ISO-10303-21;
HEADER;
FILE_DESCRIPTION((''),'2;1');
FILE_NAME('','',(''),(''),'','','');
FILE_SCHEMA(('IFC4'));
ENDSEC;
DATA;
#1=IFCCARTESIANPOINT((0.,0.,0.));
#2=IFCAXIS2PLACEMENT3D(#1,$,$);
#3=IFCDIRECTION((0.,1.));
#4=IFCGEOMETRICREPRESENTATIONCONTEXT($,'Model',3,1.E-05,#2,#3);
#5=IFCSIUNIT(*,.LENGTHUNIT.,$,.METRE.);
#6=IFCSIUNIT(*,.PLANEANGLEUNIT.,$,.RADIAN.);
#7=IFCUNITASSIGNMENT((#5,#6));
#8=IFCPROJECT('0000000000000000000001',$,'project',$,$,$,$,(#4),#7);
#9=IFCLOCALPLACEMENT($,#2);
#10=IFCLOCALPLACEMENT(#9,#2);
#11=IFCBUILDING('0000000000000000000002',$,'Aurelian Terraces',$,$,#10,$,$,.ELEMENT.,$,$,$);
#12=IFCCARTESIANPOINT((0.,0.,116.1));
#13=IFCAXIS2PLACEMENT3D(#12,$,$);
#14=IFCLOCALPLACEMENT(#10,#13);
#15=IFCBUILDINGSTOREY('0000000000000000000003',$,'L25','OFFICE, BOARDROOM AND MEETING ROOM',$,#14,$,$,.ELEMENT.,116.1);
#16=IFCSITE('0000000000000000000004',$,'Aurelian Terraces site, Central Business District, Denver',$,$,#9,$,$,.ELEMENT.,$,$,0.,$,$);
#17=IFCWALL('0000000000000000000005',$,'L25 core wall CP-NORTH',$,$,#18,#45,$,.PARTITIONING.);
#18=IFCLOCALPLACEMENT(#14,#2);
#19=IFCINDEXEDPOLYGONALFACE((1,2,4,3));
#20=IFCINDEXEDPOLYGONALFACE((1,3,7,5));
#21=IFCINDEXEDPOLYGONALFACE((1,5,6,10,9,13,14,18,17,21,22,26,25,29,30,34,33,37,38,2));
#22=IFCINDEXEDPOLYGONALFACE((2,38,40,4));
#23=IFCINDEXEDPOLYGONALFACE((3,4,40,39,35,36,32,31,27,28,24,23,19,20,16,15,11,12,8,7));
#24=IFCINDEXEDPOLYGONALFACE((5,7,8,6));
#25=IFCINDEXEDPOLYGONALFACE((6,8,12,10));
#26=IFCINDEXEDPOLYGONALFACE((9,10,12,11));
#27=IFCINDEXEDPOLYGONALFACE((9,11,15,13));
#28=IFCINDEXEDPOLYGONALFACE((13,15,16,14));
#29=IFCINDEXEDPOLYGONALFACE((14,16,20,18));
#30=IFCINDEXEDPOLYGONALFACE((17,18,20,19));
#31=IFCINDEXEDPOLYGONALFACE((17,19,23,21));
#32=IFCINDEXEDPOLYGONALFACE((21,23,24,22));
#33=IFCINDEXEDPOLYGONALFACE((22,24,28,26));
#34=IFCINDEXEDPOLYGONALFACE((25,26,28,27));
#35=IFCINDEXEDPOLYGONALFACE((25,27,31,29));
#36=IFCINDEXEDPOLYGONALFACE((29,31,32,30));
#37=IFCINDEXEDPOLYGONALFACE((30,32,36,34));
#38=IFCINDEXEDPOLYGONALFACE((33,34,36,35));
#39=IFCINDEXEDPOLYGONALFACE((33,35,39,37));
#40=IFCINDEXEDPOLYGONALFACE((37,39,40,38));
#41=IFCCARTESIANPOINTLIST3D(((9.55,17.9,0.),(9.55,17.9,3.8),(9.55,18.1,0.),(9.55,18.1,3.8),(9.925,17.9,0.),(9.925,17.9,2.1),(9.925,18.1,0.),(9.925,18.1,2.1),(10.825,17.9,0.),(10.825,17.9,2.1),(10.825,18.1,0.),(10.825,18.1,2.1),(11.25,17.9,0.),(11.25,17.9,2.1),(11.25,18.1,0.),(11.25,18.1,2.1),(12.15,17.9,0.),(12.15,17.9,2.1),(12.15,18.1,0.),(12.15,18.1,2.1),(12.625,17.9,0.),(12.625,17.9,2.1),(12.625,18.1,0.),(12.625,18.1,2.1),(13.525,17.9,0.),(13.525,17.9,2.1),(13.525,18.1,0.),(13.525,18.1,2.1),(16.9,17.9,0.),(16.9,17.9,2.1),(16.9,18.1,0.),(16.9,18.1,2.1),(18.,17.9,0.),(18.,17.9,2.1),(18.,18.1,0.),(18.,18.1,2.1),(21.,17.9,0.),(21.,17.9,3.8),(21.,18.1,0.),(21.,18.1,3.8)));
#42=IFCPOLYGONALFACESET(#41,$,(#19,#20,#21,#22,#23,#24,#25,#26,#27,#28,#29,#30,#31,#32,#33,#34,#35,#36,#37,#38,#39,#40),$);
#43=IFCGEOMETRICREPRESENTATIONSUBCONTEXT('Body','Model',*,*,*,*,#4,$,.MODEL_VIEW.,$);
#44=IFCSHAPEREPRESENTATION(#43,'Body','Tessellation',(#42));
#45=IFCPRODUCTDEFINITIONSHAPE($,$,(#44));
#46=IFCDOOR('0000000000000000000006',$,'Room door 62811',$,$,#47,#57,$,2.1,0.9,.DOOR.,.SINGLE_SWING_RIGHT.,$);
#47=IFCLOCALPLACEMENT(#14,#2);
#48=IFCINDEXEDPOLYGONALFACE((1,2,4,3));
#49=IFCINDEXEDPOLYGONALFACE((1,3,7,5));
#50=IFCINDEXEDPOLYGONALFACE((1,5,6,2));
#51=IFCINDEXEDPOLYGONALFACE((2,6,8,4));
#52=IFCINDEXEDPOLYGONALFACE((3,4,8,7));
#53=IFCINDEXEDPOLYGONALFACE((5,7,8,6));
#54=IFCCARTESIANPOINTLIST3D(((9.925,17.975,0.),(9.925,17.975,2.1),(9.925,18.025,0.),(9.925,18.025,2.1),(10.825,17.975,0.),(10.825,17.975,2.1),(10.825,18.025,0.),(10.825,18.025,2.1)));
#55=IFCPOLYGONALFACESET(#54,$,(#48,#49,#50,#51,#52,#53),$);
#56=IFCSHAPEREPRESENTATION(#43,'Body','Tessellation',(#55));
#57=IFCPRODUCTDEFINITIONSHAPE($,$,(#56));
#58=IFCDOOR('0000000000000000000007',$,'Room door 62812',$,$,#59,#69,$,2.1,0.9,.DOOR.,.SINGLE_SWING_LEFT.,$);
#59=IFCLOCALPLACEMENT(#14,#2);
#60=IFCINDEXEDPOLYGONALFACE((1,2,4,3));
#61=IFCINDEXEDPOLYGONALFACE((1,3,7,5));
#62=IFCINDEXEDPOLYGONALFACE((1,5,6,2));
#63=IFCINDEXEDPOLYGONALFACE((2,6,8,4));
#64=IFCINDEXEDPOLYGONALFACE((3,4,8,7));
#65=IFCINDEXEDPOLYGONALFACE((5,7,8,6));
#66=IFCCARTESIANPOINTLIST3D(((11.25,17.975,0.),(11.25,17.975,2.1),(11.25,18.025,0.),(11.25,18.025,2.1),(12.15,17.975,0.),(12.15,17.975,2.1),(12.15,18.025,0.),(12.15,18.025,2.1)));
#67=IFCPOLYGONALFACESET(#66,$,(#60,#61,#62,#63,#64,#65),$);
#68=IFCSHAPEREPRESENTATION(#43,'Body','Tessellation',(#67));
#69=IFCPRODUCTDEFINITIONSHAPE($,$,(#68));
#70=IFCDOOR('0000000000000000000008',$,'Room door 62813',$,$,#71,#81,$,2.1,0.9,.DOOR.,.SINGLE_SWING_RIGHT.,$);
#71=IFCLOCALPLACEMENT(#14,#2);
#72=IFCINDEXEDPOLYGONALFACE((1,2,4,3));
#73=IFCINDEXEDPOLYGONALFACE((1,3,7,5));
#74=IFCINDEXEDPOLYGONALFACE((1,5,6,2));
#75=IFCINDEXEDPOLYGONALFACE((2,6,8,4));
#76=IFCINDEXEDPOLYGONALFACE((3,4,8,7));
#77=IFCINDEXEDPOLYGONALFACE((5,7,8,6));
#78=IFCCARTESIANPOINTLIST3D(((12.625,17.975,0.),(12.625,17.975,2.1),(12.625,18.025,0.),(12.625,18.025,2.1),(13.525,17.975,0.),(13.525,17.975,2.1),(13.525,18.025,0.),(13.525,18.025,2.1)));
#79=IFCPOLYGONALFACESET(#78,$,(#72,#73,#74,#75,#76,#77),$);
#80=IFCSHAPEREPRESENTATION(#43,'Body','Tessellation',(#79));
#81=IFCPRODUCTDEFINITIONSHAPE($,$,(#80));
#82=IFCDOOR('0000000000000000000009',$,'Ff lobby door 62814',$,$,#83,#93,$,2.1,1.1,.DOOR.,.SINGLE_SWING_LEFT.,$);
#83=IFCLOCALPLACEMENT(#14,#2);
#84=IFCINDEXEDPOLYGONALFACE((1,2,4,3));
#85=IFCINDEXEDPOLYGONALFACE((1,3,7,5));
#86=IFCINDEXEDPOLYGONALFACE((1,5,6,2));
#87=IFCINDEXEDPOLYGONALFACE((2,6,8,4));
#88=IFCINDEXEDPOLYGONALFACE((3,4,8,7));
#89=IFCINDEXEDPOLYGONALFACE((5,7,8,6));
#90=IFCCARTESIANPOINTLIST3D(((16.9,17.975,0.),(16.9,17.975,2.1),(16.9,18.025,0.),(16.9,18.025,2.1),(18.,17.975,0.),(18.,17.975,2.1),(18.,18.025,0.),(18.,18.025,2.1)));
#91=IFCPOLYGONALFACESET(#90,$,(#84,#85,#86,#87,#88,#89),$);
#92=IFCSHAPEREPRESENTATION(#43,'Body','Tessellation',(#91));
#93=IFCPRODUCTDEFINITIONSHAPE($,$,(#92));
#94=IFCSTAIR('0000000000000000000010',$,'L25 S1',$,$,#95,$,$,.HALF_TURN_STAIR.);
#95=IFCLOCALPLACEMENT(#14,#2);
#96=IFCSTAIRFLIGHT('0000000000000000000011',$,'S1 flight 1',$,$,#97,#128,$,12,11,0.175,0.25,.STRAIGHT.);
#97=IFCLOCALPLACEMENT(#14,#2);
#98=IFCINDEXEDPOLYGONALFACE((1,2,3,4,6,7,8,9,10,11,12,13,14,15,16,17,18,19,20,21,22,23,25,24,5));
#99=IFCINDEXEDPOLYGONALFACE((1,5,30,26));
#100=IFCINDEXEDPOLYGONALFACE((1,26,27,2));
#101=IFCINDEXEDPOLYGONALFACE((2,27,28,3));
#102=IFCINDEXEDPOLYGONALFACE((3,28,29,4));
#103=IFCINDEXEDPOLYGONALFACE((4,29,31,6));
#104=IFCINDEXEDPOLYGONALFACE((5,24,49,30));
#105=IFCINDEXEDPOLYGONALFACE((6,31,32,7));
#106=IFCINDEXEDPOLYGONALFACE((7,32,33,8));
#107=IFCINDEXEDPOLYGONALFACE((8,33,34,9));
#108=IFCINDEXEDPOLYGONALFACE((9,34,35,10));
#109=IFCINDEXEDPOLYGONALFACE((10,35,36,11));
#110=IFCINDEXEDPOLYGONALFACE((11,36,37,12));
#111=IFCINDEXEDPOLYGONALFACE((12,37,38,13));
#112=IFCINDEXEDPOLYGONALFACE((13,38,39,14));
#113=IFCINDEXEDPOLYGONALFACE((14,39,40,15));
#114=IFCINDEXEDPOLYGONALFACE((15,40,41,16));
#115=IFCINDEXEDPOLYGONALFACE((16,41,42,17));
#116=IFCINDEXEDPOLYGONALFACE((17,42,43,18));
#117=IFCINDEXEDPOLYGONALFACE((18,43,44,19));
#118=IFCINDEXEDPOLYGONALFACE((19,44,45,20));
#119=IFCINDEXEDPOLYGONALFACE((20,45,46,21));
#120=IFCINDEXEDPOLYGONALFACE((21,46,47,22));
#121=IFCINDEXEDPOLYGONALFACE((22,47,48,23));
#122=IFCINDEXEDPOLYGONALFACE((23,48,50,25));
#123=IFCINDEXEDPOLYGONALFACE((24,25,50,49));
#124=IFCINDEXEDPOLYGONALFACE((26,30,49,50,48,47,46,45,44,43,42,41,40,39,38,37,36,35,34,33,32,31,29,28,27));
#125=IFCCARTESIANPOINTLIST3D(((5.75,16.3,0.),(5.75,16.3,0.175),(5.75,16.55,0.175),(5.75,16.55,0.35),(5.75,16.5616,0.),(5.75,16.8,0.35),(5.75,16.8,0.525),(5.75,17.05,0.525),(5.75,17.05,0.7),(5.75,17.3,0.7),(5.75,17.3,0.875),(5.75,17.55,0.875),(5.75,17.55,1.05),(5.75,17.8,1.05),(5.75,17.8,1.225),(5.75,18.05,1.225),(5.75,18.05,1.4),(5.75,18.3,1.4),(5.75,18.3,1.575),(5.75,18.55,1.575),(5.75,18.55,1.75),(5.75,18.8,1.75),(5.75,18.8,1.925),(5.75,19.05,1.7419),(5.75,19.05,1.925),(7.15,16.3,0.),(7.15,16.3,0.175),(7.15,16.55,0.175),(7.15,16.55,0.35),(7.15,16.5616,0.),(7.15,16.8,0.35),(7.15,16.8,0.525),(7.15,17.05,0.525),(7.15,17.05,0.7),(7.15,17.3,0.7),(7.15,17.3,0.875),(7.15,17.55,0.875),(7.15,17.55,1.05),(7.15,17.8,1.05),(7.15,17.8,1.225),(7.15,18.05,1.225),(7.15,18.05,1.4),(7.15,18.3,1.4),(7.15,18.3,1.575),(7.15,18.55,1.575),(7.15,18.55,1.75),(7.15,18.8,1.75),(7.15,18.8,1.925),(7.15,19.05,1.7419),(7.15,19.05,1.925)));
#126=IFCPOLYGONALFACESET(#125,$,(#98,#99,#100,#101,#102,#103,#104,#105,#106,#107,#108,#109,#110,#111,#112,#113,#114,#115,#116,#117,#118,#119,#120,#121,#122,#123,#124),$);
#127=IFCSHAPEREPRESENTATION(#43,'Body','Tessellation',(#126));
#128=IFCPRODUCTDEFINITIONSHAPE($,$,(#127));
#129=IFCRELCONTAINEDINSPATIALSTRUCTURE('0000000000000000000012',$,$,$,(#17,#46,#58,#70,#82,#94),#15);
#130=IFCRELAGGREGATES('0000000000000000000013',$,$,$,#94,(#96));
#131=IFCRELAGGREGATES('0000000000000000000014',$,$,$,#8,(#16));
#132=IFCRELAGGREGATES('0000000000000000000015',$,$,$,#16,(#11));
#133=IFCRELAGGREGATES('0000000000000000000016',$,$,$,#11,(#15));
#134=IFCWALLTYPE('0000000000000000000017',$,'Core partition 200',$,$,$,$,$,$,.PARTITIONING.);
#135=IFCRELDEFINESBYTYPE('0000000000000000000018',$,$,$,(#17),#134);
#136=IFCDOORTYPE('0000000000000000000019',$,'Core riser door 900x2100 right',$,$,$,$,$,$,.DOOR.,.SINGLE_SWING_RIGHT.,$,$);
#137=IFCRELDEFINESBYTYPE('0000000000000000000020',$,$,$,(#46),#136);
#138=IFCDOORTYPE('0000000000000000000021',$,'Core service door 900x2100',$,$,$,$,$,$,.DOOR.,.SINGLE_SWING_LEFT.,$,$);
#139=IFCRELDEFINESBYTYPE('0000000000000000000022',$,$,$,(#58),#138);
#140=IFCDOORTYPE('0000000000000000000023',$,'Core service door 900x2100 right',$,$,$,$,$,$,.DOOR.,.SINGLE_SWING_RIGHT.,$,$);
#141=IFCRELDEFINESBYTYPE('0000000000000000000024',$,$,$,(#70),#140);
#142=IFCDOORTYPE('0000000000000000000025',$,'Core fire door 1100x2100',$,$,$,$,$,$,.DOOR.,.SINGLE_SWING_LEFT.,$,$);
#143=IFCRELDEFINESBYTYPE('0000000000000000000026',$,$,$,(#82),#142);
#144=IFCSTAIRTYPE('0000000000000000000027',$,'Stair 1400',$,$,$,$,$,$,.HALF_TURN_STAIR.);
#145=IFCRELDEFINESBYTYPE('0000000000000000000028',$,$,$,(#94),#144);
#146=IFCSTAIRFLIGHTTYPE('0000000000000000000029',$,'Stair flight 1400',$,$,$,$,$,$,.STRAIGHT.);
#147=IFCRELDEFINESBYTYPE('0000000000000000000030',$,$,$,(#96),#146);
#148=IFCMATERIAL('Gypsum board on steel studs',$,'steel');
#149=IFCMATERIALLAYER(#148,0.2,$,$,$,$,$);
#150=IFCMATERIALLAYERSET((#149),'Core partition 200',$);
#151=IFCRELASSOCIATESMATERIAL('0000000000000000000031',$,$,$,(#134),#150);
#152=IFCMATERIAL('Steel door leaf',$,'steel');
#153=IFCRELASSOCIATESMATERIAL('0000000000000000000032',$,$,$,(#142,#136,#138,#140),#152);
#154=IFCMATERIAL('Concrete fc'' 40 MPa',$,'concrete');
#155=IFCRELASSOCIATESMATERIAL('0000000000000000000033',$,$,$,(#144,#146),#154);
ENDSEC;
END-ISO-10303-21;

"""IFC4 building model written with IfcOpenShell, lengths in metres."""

from ifc_helpers import new_model, si_unit, direction, frame, frame_2d, origin, place, context, subcontext, project, spatial, polyline, rectangle, outline, extrude, source, transform, mapped, material, layer, layer_set, type_object, element, fill, aggregate, save


model = new_model("IFC4")

# Units and contexts
model_context = context("Model", 3, precision=1e-05, world=origin(), true_north=direction((0.0, 1.0)))
body_context = subcontext(model_context, "Body", "Model", "MODEL_VIEW")
ifc_project = project(units=[si_unit("LENGTHUNIT", "METRE"), si_unit("PLANEANGLEUNIT", "RADIAN")], contexts=[model_context])

# Site, building, storey
site_placement = place(None, origin())
site = spatial("IfcSite", under=ifc_project, at=site_placement, Name="Aurelian Terraces site, Central Business District, Denver", CompositionType="ELEMENT", RefElevation=0.0)
building_placement = place(site_placement, origin())
building = spatial("IfcBuilding", under=site, at=building_placement, Name="Aurelian Terraces", CompositionType="ELEMENT")
storey_placement = place(building_placement, frame((0.0, 0.0, 116.1)))
storey = spatial("IfcBuildingStorey", under=building, at=storey_placement, Name="L25", Description="OFFICE, BOARDROOM AND MEETING ROOM", CompositionType="ELEMENT", Elevation=116.1)

# Shared definitions
ifc_material_1 = material(Name="Concrete fc' 40 MPa", Category="concrete")
ifc_material_2 = material(Name="Gypsum board on steel studs", Category="steel")
ifc_layer_1 = layer(ifc_material_2, 0.2)
ifc_layer_set_1 = layer_set([ifc_layer_1], Name="Core partition 200")
wall_type_1 = type_object("IfcWallType", Name="Core partition 200", PredefinedType="PARTITIONING", material=ifc_layer_set_1)

# Shared definitions
ifc_material_3 = material(Name="Steel door leaf", Category="steel")
door_type_1 = type_object("IfcDoorType", Name="Core fire door 1100x2100", OperationType="SINGLE_SWING_LEFT", PredefinedType="DOOR", material=ifc_material_3)
shared_shape_1 = source(origin(), body_context, "Body", "SweptSolid", [
    extrude(rectangle(XDim=1.1, YDim=2.1, at=frame_2d((0.55, 1.05))), frame((0.0, 0.025, 0.0), z_axis=(0.0, -1.0, 0.0), x_axis=(1.0, 0.0, 0.0)), (0.0, 0.0, 1.0), 0.05),
])

# Wall, openings, doors
shared_shape_2 = source(origin(), body_context, "Body", "SweptSolid", [
    extrude(rectangle(XDim=11.45, YDim=0.2, at=frame_2d((5.725, 0.0))), origin(), (0.0, 0.0, 1.0), 3.8),
])
wall_1_placement = place(storey_placement, frame((9.55, 18.0, 0.0), z_axis=(0.0, 0.0, 1.0), x_axis=(1.0, 0.0, 0.0)))
wall_1 = element("IfcWall", 1, at=wall_1_placement, inside=storey, type_object=wall_type_1, Name="L25 core wall CP-NORTH", PredefinedType="PARTITIONING", context=body_context, shape_type="MappedRepresentation", body=[
    mapped(shared_shape_2, transform((0.0, 0.0, 0.0), scale=1.0)),
])
shared_shape_3 = source(origin(), body_context, "Body", "SweptSolid", [
    extrude(rectangle(XDim=0.9, YDim=2.1, at=frame_2d((0.45, 1.05))), frame((0.0, 0.11, 0.0), z_axis=(0.0, -1.0, 0.0), x_axis=(1.0, 0.0, 0.0)), (0.0, 0.0, 1.0), 0.22),
])
opening_1_placement = place(wall_1_placement, frame((0.375, 0.0, 0.0)))
opening_1 = element("IfcOpeningElement", 2, at=opening_1_placement, cuts=wall_1, PredefinedType="OPENING", context=body_context, shape_type="MappedRepresentation", body=[
    mapped(shared_shape_3, transform((0.0, 0.0, 0.0), scale=1.0)),
])
opening_2_placement = place(wall_1_placement, frame((1.7, 0.0, 0.0)))
opening_2 = element("IfcOpeningElement", 3, at=opening_2_placement, cuts=wall_1, PredefinedType="OPENING", context=body_context, shape_type="MappedRepresentation", body=[
    mapped(shared_shape_3, transform((0.0, 0.0, 0.0), scale=1.0)),
])
opening_3_placement = place(wall_1_placement, frame((3.075, 0.0, 0.0)))
opening_3 = element("IfcOpeningElement", 4, at=opening_3_placement, cuts=wall_1, PredefinedType="OPENING", context=body_context, shape_type="MappedRepresentation", body=[
    mapped(shared_shape_3, transform((0.0, 0.0, 0.0), scale=1.0)),
])
shared_shape_4 = source(origin(), body_context, "Body", "SweptSolid", [
    extrude(rectangle(XDim=1.1, YDim=2.1, at=frame_2d((0.55, 1.05))), frame((0.0, 0.11, 0.0), z_axis=(0.0, -1.0, 0.0), x_axis=(1.0, 0.0, 0.0)), (0.0, 0.0, 1.0), 0.22),
])
opening_4_placement = place(wall_1_placement, frame((7.35, 0.0, 0.0)))
opening_4 = element("IfcOpeningElement", 5, at=opening_4_placement, cuts=wall_1, PredefinedType="OPENING", context=body_context, shape_type="MappedRepresentation", body=[
    mapped(shared_shape_4, transform((0.0, 0.0, 0.0), scale=1.0)),
])
door_type_2 = type_object("IfcDoorType", Name="Core riser door 900x2100 right", OperationType="SINGLE_SWING_RIGHT", PredefinedType="DOOR", material=ifc_material_3)
shared_shape_5 = source(origin(), body_context, "Body", "SweptSolid", [
    extrude(rectangle(XDim=0.9, YDim=2.1, at=frame_2d((0.45, 1.05))), frame((0.0, 0.025, 0.0), z_axis=(0.0, -1.0, 0.0), x_axis=(1.0, 0.0, 0.0)), (0.0, 0.0, 1.0), 0.05),
])
door_1_placement = place(opening_1_placement, origin())
door_1 = element("IfcDoor", 6, at=door_1_placement, inside=storey, type_object=door_type_2, Name="Room door 62811", OperationType="SINGLE_SWING_RIGHT", OverallHeight=2.1, OverallWidth=0.9, PredefinedType="DOOR", context=body_context, shape_type="MappedRepresentation", body=[
    mapped(shared_shape_5, transform((0.0, 0.0, 0.0), scale=1.0)),
])
fill(opening_1, door_1)
door_type_3 = type_object("IfcDoorType", Name="Core service door 900x2100", OperationType="SINGLE_SWING_LEFT", PredefinedType="DOOR", material=ifc_material_3)
door_2_placement = place(opening_2_placement, origin())
door_2 = element("IfcDoor", 7, at=door_2_placement, inside=storey, type_object=door_type_3, Name="Room door 62812", OperationType="SINGLE_SWING_LEFT", OverallHeight=2.1, OverallWidth=0.9, PredefinedType="DOOR", context=body_context, shape_type="MappedRepresentation", body=[
    mapped(shared_shape_5, transform((0.0, 0.0, 0.0), scale=1.0)),
])
fill(opening_2, door_2)
door_type_4 = type_object("IfcDoorType", Name="Core service door 900x2100 right", OperationType="SINGLE_SWING_RIGHT", PredefinedType="DOOR", material=ifc_material_3)
door_3_placement = place(opening_3_placement, origin())
door_3 = element("IfcDoor", 8, at=door_3_placement, inside=storey, type_object=door_type_4, Name="Room door 62813", OperationType="SINGLE_SWING_RIGHT", OverallHeight=2.1, OverallWidth=0.9, PredefinedType="DOOR", context=body_context, shape_type="MappedRepresentation", body=[
    mapped(shared_shape_5, transform((0.0, 0.0, 0.0), scale=1.0)),
])
fill(opening_3, door_3)
door_4_placement = place(opening_4_placement, origin())
door_4 = element("IfcDoor", 9, at=door_4_placement, inside=storey, type_object=door_type_1, Name="Ff lobby door 62814", OperationType="SINGLE_SWING_LEFT", OverallHeight=2.1, OverallWidth=1.1, PredefinedType="DOOR", context=body_context, shape_type="MappedRepresentation", body=[
    mapped(shared_shape_1, transform((0.0, 0.0, 0.0), scale=1.0)),
])
fill(opening_4, door_4)

# Stair, stair flight
stair_type = type_object("IfcStairType", Name="Stair 1400", PredefinedType="HALF_TURN_STAIR", material=ifc_material_1)
stair_placement = place(storey_placement, origin())
stair = element("IfcStair", 10, at=stair_placement, inside=storey, type_object=stair_type, Name="L25 S1", PredefinedType="HALF_TURN_STAIR")
stair_flight_type = type_object("IfcStairFlightType", Name="Stair flight 1400", PredefinedType="STRAIGHT", material=ifc_material_1)
shared_shape_6 = source(origin(), body_context, "Body", "SweptSolid", [
    extrude(outline(polyline([(0.0, 0.0), (0.0, 0.175), (0.25, 0.175), (0.25, 0.35), (0.5, 0.35), (0.5, 0.525), (0.75, 0.525), (0.75, 0.7), (1.0, 0.7), (1.0, 0.875), (1.25, 0.875), (1.25, 1.05), (1.5, 1.05), (1.5, 1.225), (1.75, 1.225), (1.75, 1.4), (2.0, 1.4), (2.0, 1.575), (2.25, 1.575), (2.25, 1.75), (2.5, 1.75), (2.5, 1.925), (2.75, 1.925), (2.75, 2.1), (2.75, 1.7419), (0.2616, 0.0), (0.0, 0.0)])), frame((0.0, 0.7, 0.0), z_axis=(0.0, -1.0, 0.0), x_axis=(1.0, 0.0, 0.0)), (0.0, 0.0, 1.0), 1.4),
])
stair_flight_placement = place(storey_placement, frame((6.45, 16.3, 0.0), z_axis=(0.0, 0.0, 1.0), x_axis=(0.0, 1.0, 0.0)))
stair_flight = element("IfcStairFlight", 11, at=stair_flight_placement, type_object=stair_flight_type, Name="S1 flight 1", NumberOfRisers=12, NumberOfTreads=11, PredefinedType="STRAIGHT", RiserHeight=0.175, TreadLength=0.25, context=body_context, shape_type="MappedRepresentation", body=[
    mapped(shared_shape_6, transform((0.0, 0.0, 0.0), scale=1.0)),
])
aggregate(stair, [stair_flight])

save(model, "model.ifc")
